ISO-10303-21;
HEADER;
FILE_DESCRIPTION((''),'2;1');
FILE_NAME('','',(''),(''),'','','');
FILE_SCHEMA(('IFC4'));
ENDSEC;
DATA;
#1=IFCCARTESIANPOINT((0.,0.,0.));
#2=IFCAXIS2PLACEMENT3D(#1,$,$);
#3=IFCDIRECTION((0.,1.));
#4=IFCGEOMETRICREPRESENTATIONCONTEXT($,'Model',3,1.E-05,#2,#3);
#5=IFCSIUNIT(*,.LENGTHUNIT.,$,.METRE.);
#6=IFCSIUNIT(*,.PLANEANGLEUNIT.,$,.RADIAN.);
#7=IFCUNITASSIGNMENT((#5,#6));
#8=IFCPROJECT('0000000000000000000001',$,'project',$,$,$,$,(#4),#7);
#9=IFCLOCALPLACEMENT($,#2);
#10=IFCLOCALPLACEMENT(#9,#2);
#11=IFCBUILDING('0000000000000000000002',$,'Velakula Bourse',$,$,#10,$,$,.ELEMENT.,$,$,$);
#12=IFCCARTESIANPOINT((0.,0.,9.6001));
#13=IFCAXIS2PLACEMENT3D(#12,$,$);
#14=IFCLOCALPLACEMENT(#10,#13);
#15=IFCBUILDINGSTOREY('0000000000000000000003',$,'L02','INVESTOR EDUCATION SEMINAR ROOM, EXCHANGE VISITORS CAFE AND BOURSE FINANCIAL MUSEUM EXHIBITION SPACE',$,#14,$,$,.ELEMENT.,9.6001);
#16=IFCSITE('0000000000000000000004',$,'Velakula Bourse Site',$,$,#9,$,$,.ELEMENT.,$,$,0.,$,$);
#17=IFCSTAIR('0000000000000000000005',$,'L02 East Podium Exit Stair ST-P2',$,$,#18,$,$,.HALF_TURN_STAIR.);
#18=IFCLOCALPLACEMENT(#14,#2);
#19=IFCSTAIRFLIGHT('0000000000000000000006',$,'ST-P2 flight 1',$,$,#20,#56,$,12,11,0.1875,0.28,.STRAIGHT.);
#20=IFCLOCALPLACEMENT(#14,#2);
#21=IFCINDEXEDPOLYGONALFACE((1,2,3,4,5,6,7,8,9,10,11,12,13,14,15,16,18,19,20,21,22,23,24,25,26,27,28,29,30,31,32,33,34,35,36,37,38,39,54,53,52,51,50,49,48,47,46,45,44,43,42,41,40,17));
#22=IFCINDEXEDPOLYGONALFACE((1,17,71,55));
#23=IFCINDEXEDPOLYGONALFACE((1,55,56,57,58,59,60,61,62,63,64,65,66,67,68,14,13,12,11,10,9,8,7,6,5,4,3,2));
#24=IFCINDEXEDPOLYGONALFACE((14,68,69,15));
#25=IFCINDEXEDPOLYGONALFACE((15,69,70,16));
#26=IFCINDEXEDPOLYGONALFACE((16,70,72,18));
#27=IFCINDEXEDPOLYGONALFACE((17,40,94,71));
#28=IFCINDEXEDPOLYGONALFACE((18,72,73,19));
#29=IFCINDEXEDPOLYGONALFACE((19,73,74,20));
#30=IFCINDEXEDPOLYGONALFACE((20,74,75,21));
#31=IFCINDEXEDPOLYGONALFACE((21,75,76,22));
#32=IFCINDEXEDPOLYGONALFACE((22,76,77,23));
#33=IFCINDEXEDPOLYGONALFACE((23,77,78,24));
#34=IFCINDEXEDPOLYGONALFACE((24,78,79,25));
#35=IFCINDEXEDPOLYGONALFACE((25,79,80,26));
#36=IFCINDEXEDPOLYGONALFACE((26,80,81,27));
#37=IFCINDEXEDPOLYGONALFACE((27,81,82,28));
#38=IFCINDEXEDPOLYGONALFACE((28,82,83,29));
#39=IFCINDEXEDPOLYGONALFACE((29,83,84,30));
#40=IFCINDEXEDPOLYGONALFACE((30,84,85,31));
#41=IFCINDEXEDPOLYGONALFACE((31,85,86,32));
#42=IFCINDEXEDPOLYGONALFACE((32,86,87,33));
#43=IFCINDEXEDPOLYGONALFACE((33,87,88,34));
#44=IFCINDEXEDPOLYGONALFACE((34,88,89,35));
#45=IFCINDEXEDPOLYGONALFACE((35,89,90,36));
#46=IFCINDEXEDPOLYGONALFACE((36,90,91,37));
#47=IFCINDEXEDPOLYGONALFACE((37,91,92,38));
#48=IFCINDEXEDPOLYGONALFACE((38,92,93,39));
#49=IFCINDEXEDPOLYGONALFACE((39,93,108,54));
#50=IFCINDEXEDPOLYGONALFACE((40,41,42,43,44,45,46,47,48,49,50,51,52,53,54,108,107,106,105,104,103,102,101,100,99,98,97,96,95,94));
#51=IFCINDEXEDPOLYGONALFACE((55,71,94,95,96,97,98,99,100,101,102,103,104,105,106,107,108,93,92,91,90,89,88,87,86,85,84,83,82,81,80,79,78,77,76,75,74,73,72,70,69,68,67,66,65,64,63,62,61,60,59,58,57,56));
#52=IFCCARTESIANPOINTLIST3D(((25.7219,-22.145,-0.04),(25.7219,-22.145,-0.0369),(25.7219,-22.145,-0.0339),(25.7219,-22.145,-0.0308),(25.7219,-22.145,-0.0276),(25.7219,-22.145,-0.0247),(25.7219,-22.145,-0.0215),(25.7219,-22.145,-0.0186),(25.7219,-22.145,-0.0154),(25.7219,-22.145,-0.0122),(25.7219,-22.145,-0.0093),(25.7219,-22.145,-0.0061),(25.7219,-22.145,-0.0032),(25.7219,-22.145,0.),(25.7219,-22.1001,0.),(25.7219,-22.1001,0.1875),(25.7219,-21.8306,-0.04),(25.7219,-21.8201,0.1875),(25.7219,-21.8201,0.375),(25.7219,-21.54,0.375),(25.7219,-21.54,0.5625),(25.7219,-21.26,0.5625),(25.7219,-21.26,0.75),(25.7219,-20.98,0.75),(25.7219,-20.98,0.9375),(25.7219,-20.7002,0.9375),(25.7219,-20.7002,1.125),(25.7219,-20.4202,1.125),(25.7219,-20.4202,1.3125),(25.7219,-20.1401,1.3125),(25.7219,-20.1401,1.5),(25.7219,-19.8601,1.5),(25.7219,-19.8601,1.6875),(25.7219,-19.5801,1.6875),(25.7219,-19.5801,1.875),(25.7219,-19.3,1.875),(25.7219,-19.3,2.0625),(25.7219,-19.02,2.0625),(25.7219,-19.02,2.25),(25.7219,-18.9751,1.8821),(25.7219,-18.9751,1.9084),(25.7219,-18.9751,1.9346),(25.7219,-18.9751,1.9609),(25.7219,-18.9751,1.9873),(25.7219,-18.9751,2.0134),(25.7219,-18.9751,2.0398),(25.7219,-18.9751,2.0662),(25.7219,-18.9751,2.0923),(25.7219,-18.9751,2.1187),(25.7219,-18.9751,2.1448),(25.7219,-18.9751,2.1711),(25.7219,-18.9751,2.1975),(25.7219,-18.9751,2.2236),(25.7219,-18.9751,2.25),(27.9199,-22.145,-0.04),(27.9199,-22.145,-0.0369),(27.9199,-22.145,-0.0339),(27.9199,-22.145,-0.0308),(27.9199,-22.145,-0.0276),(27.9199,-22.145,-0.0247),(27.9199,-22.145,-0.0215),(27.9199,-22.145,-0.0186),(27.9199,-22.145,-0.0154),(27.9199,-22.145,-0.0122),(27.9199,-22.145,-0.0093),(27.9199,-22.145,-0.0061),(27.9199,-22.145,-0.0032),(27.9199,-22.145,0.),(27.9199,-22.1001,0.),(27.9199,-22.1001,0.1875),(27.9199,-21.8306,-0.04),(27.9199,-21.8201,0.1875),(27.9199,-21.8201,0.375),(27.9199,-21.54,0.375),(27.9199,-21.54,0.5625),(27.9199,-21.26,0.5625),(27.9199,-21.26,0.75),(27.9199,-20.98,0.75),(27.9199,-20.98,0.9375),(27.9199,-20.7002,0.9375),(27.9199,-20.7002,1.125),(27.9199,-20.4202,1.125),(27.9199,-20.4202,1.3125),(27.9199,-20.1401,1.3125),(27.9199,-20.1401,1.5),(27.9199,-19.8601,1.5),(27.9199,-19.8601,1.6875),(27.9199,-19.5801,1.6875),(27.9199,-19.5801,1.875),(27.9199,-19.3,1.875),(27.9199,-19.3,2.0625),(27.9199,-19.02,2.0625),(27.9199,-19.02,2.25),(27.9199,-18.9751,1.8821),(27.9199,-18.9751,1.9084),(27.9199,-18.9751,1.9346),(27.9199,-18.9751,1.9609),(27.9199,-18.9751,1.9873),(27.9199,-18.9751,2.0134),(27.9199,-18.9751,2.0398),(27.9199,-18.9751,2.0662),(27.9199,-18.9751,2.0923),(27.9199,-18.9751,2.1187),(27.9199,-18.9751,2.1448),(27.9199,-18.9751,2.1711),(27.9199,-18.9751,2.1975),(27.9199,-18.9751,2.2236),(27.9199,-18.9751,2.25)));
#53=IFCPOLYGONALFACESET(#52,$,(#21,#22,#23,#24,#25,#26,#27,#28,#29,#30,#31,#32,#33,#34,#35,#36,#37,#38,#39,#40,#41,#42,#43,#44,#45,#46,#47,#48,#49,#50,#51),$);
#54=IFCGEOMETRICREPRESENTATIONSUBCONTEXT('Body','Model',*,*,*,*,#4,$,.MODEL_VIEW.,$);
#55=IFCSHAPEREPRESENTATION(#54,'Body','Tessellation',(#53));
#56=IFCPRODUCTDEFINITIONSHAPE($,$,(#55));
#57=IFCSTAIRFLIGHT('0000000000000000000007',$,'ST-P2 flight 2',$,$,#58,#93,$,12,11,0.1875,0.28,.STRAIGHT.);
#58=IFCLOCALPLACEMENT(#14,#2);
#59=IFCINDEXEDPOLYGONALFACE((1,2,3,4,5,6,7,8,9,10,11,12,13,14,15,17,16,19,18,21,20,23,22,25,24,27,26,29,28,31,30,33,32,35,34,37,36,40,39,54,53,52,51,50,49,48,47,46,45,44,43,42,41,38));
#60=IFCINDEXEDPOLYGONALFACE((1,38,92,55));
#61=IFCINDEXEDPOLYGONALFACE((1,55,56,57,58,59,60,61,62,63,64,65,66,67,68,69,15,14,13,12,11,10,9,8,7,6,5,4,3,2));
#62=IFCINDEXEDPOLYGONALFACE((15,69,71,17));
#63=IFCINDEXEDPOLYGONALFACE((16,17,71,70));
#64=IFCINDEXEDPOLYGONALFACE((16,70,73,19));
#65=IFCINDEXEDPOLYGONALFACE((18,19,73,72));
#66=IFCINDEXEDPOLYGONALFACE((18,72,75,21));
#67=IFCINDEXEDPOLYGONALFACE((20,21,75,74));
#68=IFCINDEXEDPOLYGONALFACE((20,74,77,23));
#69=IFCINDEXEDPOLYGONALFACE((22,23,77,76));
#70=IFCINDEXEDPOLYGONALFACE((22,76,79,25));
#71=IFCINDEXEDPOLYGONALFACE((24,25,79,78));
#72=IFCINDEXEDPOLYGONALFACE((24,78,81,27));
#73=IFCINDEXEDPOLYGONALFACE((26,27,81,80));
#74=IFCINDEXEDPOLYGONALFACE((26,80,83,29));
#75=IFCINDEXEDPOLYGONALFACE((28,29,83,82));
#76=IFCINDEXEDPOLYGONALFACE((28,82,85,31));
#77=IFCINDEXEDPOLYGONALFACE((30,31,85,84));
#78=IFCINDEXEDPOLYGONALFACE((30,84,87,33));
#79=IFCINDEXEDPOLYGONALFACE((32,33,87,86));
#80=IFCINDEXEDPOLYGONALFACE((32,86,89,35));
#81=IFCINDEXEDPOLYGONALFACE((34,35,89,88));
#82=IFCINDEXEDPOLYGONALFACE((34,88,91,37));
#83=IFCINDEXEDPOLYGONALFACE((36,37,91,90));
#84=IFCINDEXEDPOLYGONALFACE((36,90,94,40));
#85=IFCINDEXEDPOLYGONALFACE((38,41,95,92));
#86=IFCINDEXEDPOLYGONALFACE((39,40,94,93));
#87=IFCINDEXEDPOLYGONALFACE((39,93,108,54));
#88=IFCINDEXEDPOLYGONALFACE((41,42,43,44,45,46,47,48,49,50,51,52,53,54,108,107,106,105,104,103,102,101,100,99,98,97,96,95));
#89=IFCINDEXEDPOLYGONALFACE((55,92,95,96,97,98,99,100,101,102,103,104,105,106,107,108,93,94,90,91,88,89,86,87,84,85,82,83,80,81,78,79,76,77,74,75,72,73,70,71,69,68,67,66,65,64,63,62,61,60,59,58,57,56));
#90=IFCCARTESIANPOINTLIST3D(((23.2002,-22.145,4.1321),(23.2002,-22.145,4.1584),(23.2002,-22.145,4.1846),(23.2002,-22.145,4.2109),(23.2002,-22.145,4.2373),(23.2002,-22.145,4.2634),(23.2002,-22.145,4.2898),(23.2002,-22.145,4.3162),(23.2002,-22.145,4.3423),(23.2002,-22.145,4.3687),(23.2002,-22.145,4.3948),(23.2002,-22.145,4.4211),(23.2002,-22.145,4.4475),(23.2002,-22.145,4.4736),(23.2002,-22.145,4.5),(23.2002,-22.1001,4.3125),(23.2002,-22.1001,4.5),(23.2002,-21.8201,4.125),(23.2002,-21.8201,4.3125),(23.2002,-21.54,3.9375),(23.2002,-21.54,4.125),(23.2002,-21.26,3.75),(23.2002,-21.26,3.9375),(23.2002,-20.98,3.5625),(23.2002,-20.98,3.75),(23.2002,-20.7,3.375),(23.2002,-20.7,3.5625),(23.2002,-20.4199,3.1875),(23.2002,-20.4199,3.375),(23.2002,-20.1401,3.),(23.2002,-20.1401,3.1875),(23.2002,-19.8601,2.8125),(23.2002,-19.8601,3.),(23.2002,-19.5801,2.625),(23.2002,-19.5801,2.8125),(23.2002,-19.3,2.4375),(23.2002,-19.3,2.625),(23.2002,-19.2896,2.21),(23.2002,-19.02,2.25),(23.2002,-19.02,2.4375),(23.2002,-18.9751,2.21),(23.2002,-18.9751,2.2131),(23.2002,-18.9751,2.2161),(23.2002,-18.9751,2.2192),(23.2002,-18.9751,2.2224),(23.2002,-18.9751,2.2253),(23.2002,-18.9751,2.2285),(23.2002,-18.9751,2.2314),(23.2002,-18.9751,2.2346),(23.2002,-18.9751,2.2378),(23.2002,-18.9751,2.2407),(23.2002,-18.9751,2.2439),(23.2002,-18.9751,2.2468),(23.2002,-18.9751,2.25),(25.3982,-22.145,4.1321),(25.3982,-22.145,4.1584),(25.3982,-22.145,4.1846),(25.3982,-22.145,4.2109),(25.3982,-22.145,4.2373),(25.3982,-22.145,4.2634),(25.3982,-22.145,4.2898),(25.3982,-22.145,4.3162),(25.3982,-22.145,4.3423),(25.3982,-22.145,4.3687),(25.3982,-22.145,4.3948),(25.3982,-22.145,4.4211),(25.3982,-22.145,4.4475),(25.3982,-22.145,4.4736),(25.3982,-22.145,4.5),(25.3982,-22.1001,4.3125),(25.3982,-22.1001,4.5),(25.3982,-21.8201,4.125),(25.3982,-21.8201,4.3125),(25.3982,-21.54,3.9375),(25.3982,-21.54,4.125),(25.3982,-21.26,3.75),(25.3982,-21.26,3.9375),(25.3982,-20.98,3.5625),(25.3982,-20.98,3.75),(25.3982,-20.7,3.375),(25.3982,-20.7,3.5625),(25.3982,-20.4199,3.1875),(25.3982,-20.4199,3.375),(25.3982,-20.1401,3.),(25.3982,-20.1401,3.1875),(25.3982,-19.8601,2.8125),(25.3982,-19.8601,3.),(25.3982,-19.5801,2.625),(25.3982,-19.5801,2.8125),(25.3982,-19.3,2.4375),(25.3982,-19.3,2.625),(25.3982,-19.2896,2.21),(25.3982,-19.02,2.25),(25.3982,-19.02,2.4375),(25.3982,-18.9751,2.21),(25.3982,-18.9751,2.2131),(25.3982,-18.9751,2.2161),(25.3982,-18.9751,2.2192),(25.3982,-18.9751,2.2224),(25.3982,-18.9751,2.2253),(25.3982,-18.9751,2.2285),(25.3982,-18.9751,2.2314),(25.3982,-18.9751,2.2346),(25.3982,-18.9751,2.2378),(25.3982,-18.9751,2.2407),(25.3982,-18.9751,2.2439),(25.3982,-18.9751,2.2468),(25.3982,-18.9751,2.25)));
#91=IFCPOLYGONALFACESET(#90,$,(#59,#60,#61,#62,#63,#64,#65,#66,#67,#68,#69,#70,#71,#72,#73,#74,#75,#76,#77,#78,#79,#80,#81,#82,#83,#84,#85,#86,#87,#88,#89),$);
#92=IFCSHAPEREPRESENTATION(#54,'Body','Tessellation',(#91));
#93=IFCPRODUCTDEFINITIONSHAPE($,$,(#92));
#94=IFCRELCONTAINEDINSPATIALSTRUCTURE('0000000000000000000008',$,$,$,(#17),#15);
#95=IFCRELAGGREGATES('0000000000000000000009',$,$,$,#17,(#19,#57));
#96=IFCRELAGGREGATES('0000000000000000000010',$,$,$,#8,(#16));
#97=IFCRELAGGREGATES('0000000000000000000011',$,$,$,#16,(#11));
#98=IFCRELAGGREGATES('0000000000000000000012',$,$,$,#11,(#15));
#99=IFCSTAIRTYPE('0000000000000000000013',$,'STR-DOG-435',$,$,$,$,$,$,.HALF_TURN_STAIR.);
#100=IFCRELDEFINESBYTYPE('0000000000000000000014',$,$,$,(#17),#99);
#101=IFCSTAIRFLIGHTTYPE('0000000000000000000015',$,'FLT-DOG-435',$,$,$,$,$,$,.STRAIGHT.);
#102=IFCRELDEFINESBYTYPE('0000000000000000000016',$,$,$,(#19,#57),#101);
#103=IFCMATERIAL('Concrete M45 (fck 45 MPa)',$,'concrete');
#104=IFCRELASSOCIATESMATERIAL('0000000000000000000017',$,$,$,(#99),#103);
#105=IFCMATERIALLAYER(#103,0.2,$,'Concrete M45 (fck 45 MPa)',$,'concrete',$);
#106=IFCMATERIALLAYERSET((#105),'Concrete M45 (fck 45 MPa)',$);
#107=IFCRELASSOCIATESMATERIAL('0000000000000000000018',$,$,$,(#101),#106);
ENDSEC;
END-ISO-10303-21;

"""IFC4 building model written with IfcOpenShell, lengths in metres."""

from ifc_helpers import new_model, si_unit, direction, frame, origin, place, context, subcontext, project, spatial, polyline, outline, extrude, material, layer, layer_set, type_object, element, aggregate, save


model = new_model("IFC4")

# Units and contexts
model_context = context("Model", 3, precision=1e-05, world=origin(), true_north=direction((0.0, 1.0)))
body_context = subcontext(model_context, "Body", "Model", "MODEL_VIEW")
ifc_project = project(units=[si_unit("LENGTHUNIT", "METRE"), si_unit("PLANEANGLEUNIT", "RADIAN")], contexts=[model_context])

# Site, building, storey
site_placement = place(None, origin())
site = spatial("IfcSite", under=ifc_project, at=site_placement, Name="Velakula Bourse Site", CompositionType="ELEMENT", RefElevation=0.0)
building_placement = place(site_placement, origin())
building = spatial("IfcBuilding", under=site, at=building_placement, Name="Velakula Bourse", CompositionType="ELEMENT")
storey_placement = place(building_placement, frame((0.0, 0.0, 9.6001)))
storey = spatial("IfcBuildingStorey", under=building, at=storey_placement, Name="L02", Description="INVESTOR EDUCATION SEMINAR ROOM, EXCHANGE VISITORS CAFE AND BOURSE FINANCIAL MUSEUM EXHIBITION SPACE", CompositionType="ELEMENT", Elevation=9.6001)

# Stair, stair flights
ifc_material_1 = material(Name="Concrete M45 (fck 45 MPa)", Category="concrete")
stair_type = type_object("IfcStairType", Name="STR-DOG-435", PredefinedType="HALF_TURN_STAIR", material=ifc_material_1)
stair_placement = place(storey_placement, origin())
stair = element("IfcStair", 1, at=stair_placement, inside=storey, type_object=stair_type, Name="L02 East Podium Exit Stair ST-P2", PredefinedType="HALF_TURN_STAIR")
ifc_layer_1 = layer(ifc_material_1, 0.2, Name="Concrete M45 (fck 45 MPa)", Category="concrete")
ifc_layer_set_1 = layer_set([ifc_layer_1], Name="Concrete M45 (fck 45 MPa)")
stair_flight_type = type_object("IfcStairFlightType", Name="FLT-DOG-435", PredefinedType="STRAIGHT", material=ifc_layer_set_1)
stair_flight_1_placement = place(storey_placement, frame((26.821, -22.1001, 0.0), z_axis=(0.0, 0.0, 1.0), x_axis=(0.0, 1.0, 0.0)))
stair_flight_1 = element("IfcStairFlight", 2, at=stair_flight_1_placement, type_object=stair_flight_type, Name="ST-P2 flight 1", NumberOfRisers=12, NumberOfTreads=11, PredefinedType="STRAIGHT", RiserHeight=0.1875, TreadLength=0.28, context=body_context, shape_type="SweptSolid", body=[
    extrude(outline(polyline([(-0.0449, -0.04), (-0.0449, -0.0369), (-0.0449, -0.0339), (-0.0449, -0.0308), (-0.0449, -0.0276), (-0.0449, -0.0247), (-0.0449, -0.0215), (-0.0449, -0.0186), (-0.0449, -0.0154), (-0.0449, -0.0122), (-0.0449, -0.0093), (-0.0449, -0.0061), (-0.0449, -0.0032), (-0.0449, 0.0), (0.0, 0.0), (0.0, 0.1875), (0.28, 0.1875), (0.28, 0.375), (0.5601, 0.375), (0.5601, 0.5625), (0.8401, 0.5625), (0.8401, 0.75), (1.1201, 0.75), (1.1201, 0.9375), (1.3999, 0.9375), (1.3999, 1.125), (1.6799, 1.125), (1.6799, 1.3125), (1.96, 1.3125), (1.96, 1.5), (2.24, 1.5), (2.24, 1.6875), (2.52, 1.6875), (2.52, 1.875), (2.8, 1.875), (2.8, 2.0625), (3.0801, 2.0625), (3.0801, 2.25), (3.125, 2.25), (3.125, 2.2236), (3.125, 2.1975), (3.125, 2.1711), (3.125, 2.1448), (3.125, 2.1187), (3.125, 2.0923), (3.125, 2.0662), (3.125, 2.0398), (3.125, 2.0134), (3.125, 1.9873), (3.125, 1.9609), (3.125, 1.9346), (3.125, 1.9084), (3.125, 1.8821), (0.2695, -0.04), (-0.0449, -0.04)])), frame((0.0, 1.0991, 0.0), z_axis=(0.0, -1.0, 0.0), x_axis=(1.0, 0.0, 0.0)), (0.0, 0.0, 1.0), 2.198),
])
stair_flight_2_placement = place(storey_placement, frame((24.2991, -19.02, 2.25), z_axis=(0.0, 0.0, 1.0), x_axis=(0.0, -1.0, 0.0)))
stair_flight_2 = element("IfcStairFlight", 3, at=stair_flight_2_placement, type_object=stair_flight_type, Name="ST-P2 flight 2", NumberOfRisers=12, NumberOfTreads=11, PredefinedType="STRAIGHT", RiserHeight=0.1875, TreadLength=0.28, context=body_context, shape_type="SweptSolid", body=[
    extrude(outline(polyline([(-0.0449, -0.04), (-0.0449, -0.0369), (-0.0449, -0.0339), (-0.0449, -0.0308), (-0.0449, -0.0276), (-0.0449, -0.0247), (-0.0449, -0.0215), (-0.0449, -0.0186), (-0.0449, -0.0154), (-0.0449, -0.0122), (-0.0449, -0.0093), (-0.0449, -0.0061), (-0.0449, -0.0032), (-0.0449, 0.0), (0.0, 0.0), (0.0, 0.1875), (0.28, 0.1875), (0.28, 0.375), (0.5601, 0.375), (0.5601, 0.5625), (0.8401, 0.5625), (0.8401, 0.75), (1.1201, 0.75), (1.1201, 0.9375), (1.3999, 0.9375), (1.3999, 1.125), (1.6799, 1.125), (1.6799, 1.3125), (1.96, 1.3125), (1.96, 1.5), (2.24, 1.5), (2.24, 1.6875), (2.52, 1.6875), (2.52, 1.875), (2.8, 1.875), (2.8, 2.0625), (3.0801, 2.0625), (3.0801, 2.25), (3.125, 2.25), (3.125, 2.2236), (3.125, 2.1975), (3.125, 2.1711), (3.125, 2.1448), (3.125, 2.1187), (3.125, 2.0923), (3.125, 2.0662), (3.125, 2.0398), (3.125, 2.0134), (3.125, 1.9873), (3.125, 1.9609), (3.125, 1.9346), (3.125, 1.9084), (3.125, 1.8821), (0.2695, -0.04), (-0.0449, -0.04)])), frame((0.0, 1.0991, 0.0), z_axis=(0.0, -1.0, 0.0), x_axis=(1.0, 0.0, 0.0)), (0.0, 0.0, 1.0), 2.198),
])
aggregate(stair, [stair_flight_1, stair_flight_2])

save(model, "model.ifc")
